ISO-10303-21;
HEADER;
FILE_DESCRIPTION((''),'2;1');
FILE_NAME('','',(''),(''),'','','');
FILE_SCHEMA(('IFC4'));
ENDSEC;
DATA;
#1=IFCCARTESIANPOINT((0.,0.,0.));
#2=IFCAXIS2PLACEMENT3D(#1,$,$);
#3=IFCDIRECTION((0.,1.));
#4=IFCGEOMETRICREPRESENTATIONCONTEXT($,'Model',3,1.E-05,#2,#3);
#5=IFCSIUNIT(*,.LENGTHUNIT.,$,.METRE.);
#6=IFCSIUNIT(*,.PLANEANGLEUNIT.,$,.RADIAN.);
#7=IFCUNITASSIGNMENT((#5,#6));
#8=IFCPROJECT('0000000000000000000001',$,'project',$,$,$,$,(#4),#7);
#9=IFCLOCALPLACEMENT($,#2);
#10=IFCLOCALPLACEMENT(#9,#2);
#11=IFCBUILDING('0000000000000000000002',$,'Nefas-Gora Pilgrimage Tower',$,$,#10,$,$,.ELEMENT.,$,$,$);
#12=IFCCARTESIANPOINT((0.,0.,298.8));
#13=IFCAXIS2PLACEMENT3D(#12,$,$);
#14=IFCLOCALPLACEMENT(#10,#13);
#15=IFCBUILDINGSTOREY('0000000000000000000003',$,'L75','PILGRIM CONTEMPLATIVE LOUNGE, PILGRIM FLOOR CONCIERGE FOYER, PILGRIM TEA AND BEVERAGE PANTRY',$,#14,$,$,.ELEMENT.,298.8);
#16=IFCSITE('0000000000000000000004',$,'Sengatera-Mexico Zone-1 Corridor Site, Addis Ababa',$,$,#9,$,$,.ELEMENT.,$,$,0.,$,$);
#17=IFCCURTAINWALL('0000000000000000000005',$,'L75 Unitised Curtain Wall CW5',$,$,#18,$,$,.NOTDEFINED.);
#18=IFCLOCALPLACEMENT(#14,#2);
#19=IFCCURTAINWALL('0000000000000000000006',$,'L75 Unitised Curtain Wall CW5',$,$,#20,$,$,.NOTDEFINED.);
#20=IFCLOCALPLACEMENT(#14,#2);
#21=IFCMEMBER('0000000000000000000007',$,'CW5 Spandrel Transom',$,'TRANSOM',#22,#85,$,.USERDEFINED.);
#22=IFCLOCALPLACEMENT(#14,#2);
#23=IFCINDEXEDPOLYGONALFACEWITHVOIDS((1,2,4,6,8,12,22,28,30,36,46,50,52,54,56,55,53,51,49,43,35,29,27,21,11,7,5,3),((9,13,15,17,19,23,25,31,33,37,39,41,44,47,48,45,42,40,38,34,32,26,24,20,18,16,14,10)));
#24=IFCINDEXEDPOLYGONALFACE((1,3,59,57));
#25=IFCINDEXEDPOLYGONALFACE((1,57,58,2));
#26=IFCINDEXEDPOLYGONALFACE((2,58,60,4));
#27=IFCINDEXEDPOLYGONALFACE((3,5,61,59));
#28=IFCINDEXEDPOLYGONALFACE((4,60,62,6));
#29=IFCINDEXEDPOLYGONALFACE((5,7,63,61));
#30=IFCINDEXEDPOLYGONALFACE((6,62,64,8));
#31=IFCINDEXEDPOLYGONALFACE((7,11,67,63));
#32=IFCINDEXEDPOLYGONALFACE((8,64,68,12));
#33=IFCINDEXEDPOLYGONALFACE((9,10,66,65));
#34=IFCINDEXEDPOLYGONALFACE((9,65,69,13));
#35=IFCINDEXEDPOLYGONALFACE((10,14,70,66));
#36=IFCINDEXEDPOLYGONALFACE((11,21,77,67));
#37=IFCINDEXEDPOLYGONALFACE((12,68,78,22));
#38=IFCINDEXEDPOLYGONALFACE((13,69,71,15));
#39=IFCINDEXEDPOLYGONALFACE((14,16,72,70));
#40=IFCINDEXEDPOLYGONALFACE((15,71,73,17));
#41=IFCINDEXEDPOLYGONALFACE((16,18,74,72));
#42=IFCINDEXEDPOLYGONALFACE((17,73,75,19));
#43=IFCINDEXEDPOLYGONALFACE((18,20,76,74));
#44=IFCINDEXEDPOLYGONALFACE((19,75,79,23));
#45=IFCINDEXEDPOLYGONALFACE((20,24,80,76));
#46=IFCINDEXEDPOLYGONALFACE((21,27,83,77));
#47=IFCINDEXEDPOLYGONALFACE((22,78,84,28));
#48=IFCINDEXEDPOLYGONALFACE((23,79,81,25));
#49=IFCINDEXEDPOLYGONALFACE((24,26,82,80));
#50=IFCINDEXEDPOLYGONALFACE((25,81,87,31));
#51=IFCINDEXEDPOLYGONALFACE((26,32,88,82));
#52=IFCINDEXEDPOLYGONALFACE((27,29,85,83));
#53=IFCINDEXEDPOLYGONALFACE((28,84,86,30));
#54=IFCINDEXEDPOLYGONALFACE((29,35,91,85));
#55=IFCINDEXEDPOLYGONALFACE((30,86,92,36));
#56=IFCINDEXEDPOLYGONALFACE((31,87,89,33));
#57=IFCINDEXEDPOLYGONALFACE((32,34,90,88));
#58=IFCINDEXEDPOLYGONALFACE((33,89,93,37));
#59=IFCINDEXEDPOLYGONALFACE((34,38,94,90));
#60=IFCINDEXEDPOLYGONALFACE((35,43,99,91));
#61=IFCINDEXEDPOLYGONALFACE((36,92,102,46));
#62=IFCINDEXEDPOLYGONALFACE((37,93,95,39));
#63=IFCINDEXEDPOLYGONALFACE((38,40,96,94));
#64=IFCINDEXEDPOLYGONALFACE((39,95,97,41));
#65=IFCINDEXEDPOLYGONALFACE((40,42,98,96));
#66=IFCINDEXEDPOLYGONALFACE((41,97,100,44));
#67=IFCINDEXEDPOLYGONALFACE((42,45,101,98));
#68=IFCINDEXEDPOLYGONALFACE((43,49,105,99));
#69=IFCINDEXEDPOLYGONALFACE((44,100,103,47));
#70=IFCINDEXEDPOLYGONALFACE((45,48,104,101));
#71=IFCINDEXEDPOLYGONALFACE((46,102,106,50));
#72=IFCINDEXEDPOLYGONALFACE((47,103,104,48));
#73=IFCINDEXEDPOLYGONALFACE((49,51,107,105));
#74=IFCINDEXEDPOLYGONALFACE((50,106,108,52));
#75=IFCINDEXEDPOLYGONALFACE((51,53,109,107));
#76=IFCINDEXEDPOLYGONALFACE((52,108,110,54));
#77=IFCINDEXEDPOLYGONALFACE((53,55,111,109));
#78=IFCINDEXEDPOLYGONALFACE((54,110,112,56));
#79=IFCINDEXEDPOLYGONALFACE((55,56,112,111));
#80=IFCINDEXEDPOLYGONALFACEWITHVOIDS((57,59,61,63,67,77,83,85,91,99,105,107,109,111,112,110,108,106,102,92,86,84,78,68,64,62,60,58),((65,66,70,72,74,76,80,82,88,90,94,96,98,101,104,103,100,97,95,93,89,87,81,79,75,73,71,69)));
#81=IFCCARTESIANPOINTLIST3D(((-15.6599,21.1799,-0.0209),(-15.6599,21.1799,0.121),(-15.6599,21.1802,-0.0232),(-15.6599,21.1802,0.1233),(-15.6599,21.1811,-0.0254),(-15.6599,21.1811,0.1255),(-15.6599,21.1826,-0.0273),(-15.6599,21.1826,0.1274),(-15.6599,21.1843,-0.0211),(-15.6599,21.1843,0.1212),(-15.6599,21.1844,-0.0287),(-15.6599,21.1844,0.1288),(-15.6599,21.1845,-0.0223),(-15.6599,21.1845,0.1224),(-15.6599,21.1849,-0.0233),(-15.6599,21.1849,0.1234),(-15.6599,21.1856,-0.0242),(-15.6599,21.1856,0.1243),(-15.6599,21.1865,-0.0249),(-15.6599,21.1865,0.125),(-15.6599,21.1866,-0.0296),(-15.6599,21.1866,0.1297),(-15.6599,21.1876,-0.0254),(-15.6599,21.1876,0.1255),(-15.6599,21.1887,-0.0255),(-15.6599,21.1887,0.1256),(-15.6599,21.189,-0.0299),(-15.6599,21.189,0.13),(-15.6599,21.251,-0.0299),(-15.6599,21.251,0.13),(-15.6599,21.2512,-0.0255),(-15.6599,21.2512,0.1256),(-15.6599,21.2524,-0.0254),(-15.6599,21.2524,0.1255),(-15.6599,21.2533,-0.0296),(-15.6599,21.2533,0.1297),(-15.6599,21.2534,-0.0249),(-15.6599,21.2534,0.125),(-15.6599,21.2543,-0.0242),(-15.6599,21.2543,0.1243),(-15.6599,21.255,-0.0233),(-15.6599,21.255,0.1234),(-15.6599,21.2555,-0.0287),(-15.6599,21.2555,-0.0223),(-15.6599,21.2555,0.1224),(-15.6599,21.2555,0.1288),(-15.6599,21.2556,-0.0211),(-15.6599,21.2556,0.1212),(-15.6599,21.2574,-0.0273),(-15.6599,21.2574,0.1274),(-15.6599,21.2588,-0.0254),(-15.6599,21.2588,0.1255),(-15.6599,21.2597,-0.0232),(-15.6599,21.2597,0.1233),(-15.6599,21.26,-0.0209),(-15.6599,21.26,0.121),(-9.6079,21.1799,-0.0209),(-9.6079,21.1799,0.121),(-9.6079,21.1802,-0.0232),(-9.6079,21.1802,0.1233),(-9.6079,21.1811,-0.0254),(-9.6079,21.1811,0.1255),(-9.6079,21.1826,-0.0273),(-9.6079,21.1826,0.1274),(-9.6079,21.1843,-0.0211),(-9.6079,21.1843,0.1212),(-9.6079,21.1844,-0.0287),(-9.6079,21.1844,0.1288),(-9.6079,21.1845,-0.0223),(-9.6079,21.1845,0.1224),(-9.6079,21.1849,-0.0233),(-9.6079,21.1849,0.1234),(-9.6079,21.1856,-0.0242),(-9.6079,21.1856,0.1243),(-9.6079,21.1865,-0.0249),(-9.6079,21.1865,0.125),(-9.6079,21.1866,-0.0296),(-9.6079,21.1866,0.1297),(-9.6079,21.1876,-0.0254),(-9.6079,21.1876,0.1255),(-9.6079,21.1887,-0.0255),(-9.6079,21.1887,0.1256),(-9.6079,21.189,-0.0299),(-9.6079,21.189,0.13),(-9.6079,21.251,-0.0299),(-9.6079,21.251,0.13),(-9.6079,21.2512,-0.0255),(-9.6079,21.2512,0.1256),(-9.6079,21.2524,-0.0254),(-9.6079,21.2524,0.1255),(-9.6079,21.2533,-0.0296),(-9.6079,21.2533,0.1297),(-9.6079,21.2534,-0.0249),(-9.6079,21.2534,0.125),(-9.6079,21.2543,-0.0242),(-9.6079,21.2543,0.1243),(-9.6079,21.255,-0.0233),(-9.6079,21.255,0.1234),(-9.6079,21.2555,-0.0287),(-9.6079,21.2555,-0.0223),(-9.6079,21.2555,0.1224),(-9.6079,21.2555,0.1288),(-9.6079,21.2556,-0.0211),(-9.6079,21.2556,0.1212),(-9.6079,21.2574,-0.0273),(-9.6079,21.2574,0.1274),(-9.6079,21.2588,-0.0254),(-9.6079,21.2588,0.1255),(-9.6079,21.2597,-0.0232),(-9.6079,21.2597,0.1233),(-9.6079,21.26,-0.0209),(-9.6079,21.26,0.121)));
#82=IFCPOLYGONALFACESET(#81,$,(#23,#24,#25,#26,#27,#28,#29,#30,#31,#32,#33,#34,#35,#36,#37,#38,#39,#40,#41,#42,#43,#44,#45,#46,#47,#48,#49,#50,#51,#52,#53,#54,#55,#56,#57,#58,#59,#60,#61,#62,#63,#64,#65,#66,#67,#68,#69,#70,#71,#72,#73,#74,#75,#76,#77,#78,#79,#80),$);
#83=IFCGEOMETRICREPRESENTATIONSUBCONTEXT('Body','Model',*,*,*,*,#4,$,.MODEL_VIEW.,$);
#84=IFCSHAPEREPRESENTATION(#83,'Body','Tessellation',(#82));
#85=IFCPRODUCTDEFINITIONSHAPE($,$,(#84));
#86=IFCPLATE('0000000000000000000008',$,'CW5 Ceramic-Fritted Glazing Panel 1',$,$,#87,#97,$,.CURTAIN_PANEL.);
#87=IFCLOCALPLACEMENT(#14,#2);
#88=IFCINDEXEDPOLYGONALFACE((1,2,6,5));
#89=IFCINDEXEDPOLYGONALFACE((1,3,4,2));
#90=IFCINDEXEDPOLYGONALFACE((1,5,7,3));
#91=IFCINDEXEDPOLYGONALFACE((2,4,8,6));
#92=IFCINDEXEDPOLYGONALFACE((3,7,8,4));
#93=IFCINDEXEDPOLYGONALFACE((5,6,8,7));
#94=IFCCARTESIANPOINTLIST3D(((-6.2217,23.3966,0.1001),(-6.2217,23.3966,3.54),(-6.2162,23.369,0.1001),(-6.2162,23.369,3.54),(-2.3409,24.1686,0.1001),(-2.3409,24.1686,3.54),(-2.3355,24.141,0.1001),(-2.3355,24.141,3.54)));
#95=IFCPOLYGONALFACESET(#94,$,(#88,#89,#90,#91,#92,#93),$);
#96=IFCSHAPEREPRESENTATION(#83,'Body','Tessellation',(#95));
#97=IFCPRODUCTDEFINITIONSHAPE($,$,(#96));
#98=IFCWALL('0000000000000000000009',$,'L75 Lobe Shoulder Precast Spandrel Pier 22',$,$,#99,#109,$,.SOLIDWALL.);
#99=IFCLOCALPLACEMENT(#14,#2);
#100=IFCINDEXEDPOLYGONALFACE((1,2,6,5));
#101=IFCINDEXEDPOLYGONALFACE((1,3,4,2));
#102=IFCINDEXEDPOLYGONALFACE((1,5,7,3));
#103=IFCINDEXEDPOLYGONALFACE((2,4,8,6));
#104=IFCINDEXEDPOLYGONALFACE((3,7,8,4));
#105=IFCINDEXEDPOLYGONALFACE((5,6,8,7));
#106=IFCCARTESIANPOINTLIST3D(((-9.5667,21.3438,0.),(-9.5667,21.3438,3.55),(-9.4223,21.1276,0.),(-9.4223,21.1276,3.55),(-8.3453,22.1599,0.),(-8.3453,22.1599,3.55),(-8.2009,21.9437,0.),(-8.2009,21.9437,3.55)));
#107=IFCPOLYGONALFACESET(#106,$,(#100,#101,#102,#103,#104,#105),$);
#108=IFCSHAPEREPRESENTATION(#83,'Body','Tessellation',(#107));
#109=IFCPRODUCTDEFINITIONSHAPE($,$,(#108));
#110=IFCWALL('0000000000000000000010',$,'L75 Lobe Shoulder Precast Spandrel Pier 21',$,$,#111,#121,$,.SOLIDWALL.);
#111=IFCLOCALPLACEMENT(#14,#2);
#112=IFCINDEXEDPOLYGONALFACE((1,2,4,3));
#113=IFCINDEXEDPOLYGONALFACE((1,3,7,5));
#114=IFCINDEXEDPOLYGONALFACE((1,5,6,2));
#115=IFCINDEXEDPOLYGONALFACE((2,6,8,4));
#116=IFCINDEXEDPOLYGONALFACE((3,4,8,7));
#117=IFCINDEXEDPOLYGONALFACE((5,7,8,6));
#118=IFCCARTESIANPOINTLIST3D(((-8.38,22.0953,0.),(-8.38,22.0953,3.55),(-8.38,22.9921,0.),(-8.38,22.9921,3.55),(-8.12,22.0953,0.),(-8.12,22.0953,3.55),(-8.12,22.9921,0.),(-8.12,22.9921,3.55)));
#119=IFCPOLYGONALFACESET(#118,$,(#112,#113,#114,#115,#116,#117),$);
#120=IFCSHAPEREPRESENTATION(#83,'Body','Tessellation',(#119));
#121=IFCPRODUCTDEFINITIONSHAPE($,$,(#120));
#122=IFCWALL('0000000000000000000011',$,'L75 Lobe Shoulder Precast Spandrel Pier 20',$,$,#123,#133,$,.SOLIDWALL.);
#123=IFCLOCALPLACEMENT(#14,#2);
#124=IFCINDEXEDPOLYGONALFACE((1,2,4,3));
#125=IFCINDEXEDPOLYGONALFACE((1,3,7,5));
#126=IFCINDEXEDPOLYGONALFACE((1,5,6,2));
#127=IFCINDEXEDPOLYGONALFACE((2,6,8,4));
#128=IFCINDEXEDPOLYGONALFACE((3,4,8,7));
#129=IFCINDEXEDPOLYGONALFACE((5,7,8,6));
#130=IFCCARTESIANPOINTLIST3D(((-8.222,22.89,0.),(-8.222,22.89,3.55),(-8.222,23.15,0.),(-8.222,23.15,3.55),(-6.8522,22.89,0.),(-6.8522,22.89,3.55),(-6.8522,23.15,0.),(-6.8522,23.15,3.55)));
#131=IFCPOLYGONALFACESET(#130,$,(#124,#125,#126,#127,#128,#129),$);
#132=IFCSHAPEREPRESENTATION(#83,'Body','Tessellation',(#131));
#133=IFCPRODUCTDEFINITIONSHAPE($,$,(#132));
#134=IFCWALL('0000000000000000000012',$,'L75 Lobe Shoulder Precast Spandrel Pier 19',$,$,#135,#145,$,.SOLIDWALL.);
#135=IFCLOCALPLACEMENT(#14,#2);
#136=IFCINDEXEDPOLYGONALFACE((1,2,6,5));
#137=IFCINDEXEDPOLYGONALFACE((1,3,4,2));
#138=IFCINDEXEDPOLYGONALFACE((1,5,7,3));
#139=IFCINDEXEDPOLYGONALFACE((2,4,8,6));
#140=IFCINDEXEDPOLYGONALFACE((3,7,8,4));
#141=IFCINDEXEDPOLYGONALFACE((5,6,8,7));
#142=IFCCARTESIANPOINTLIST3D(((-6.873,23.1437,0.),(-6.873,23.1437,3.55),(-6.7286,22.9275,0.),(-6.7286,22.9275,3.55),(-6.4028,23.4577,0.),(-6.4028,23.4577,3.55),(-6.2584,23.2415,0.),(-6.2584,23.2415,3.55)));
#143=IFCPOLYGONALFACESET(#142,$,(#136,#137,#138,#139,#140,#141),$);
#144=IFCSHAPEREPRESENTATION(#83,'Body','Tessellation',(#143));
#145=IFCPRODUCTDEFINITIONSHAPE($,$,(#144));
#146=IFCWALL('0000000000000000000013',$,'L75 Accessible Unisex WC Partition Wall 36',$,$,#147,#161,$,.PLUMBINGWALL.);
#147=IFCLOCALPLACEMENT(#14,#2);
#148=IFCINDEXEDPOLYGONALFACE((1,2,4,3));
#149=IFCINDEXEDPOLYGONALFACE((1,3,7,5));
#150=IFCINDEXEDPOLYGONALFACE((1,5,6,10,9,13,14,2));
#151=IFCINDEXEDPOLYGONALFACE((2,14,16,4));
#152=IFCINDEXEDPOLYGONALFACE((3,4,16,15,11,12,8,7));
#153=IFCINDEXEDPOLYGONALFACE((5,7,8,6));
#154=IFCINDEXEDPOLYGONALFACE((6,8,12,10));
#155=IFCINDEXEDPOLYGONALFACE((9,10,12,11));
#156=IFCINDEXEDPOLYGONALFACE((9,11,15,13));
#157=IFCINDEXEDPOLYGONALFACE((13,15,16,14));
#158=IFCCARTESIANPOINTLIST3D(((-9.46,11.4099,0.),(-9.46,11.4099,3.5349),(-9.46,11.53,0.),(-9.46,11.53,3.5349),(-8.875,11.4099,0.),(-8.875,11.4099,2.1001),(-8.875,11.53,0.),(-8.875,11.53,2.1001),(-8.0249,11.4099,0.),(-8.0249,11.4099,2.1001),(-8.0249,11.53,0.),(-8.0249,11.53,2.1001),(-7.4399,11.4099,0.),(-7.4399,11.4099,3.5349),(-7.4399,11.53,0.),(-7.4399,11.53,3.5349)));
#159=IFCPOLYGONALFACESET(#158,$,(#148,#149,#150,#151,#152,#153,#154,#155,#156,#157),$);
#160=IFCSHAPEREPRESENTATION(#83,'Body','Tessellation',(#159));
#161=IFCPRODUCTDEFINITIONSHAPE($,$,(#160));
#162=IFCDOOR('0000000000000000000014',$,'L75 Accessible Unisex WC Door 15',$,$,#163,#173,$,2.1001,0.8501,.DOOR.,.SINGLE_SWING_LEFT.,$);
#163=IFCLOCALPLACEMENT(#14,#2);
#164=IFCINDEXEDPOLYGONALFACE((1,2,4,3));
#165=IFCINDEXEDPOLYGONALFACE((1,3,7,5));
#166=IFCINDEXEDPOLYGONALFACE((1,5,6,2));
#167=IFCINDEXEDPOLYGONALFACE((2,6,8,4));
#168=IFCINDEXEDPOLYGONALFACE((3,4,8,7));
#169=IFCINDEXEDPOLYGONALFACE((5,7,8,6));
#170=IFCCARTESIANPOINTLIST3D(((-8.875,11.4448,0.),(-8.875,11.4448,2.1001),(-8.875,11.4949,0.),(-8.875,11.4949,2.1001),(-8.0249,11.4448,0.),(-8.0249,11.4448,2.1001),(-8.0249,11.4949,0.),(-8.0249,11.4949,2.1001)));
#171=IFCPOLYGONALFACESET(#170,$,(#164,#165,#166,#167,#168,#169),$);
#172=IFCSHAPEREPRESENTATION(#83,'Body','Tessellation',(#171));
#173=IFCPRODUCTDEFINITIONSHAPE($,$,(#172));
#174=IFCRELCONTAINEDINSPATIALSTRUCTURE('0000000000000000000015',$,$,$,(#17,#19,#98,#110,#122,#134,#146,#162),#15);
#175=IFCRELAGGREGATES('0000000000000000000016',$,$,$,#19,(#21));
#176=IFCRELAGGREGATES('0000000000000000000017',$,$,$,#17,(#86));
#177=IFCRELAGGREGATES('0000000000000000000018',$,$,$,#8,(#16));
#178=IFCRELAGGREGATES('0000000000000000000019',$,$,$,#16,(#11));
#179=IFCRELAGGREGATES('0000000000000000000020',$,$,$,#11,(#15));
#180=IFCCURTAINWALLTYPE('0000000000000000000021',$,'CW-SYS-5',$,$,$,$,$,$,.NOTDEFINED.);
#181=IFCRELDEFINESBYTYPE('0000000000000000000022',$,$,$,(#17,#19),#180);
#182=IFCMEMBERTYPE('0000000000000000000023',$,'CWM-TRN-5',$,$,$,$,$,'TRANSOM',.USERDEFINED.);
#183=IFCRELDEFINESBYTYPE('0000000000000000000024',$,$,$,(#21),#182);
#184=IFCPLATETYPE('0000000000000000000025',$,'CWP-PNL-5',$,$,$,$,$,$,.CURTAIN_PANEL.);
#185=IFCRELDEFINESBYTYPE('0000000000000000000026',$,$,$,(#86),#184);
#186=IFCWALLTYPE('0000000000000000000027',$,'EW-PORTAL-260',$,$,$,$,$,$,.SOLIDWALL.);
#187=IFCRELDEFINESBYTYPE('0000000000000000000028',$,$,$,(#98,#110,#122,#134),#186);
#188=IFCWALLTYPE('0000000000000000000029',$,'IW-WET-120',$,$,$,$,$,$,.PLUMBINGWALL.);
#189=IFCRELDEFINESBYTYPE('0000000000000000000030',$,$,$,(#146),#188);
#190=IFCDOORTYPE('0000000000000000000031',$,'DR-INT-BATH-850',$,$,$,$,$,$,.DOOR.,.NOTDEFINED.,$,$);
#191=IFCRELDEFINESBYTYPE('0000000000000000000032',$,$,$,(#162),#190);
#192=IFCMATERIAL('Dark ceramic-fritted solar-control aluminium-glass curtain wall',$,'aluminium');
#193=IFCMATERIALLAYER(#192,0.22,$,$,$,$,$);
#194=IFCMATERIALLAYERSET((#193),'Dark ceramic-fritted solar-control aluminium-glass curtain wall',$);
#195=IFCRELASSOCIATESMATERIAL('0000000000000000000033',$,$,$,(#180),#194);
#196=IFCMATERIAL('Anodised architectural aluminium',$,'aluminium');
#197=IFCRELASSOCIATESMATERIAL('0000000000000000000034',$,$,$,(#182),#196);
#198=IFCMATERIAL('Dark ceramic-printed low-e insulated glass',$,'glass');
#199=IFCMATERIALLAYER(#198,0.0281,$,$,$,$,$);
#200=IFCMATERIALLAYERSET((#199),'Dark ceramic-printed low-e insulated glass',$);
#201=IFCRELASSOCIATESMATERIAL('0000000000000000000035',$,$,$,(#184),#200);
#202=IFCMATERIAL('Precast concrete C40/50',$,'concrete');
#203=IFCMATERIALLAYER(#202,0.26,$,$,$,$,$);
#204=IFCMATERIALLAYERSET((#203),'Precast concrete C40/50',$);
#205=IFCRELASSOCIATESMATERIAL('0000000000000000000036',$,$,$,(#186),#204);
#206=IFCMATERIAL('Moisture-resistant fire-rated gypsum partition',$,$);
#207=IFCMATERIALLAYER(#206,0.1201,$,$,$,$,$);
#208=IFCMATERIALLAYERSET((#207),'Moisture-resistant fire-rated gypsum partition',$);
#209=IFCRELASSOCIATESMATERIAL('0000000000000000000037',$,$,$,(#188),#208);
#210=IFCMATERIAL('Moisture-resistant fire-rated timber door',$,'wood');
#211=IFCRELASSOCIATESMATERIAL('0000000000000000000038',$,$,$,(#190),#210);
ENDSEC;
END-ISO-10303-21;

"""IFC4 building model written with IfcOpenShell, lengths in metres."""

from ifc_helpers import new_model, si_unit, direction, frame, frame_2d, origin, origin_2d, place, context, subcontext, project, spatial, rectangle, hollow_rectangle, extrude, source, transform, mapped, material, layer, layer_set, material_profile, profile_set, type_object, element, fill, aggregate, save


model = new_model("IFC4")

# Units and contexts
model_context = context("Model", 3, precision=1e-05, world=origin(), true_north=direction((0.0, 1.0)))
body_context = subcontext(model_context, "Body", "Model", "MODEL_VIEW")
ifc_project = project(units=[si_unit("LENGTHUNIT", "METRE"), si_unit("PLANEANGLEUNIT", "RADIAN")], contexts=[model_context])

# Site, building, storey
site_placement = place(None, origin())
site = spatial("IfcSite", under=ifc_project, at=site_placement, Name="Sengatera-Mexico Zone-1 Corridor Site, Addis Ababa", CompositionType="ELEMENT", RefElevation=0.0)
building_placement = place(site_placement, origin())
building = spatial("IfcBuilding", under=site, at=building_placement, Name="Nefas-Gora Pilgrimage Tower", CompositionType="ELEMENT")
storey_placement = place(building_placement, frame((0.0, 0.0, 298.8)))
storey = spatial("IfcBuildingStorey", under=building, at=storey_placement, Name="L75", Description="PILGRIM CONTEMPLATIVE LOUNGE, PILGRIM FLOOR CONCIERGE FOYER, PILGRIM TEA AND BEVERAGE PANTRY", CompositionType="ELEMENT", Elevation=298.8)

# Curtain wall
ifc_material_1 = material(Name="Dark ceramic-fritted solar-control aluminium-glass curtain wall", Category="aluminium")
ifc_layer_1 = layer(ifc_material_1, 0.22)
ifc_layer_set_1 = layer_set([ifc_layer_1], Name="Dark ceramic-fritted solar-control aluminium-glass curtain wall")
curtain_wall_type = type_object("IfcCurtainWallType", Name="CW-SYS-5", PredefinedType="NOTDEFINED", material=ifc_layer_set_1)
curtain_wall_1_placement = place(storey_placement, origin())
curtain_wall_1 = element("IfcCurtainWall", 1, at=curtain_wall_1_placement, inside=storey, type_object=curtain_wall_type, Name="L75 Unitised Curtain Wall CW5", PredefinedType="NOTDEFINED")
ifc_material_2 = material(Name="Anodised architectural aluminium", Category="aluminium")

# Curtain wall, member
curtain_wall_2_placement = place(storey_placement, origin())
curtain_wall_2 = element("IfcCurtainWall", 2, at=curtain_wall_2_placement, inside=storey, type_object=curtain_wall_type, Name="L75 Unitised Curtain Wall CW5", PredefinedType="NOTDEFINED")
ifc_material_profile_1 = material_profile(ifc_material_2, hollow_rectangle(XDim=0.0801, YDim=0.1599, WallThickness=0.0044, InnerFilletRadius=0.0044, OuterFilletRadius=0.009, at=origin_2d()), Name="ALU TRANSOM 80x160")
ifc_profile_set_1 = profile_set([ifc_material_profile_1], Name="Anodised architectural aluminium")
member_type_1 = type_object("IfcMemberType", Name="CWM-TRN-5", ElementType="TRANSOM", PredefinedType="USERDEFINED", material=ifc_profile_set_1)
shared_shape_1 = source(origin(), body_context, "Body", "SweptSolid", [
    extrude(hollow_rectangle(XDim=0.0801, YDim=0.1599, WallThickness=0.0044, InnerFilletRadius=0.0044, OuterFilletRadius=0.009, at=origin_2d()), origin(), (0.0, 0.0, 1.0), 6.052),
])
member_1_placement = place(storey_placement, frame((-9.6079, 21.22, 0.05), z_axis=(-1.0, 0.0, 0.0), x_axis=(0.0, -1.0, 0.0)))
member_1 = element("IfcMember", 3, at=member_1_placement, type_object=member_type_1, Name="CW5 Spandrel Transom", ObjectType="TRANSOM", PredefinedType="USERDEFINED", context=body_context, shape_type="MappedRepresentation", body=[
    mapped(shared_shape_1, transform((0.0, 0.0, 0.0), x_axis=(1.0, 0.0, 0.0), y_axis=(0.0, 1.0, 0.0), z_axis=(0.0, 0.0, 1.0), scale=1.0)),
])
aggregate(curtain_wall_2, [member_1])

# Plate
ifc_material_3 = material(Name="Dark ceramic-printed low-e insulated glass", Category="glass")
ifc_layer_2 = layer(ifc_material_3, 0.0281)
ifc_layer_set_2 = layer_set([ifc_layer_2], Name="Dark ceramic-printed low-e insulated glass")
plate_type = type_object("IfcPlateType", Name="CWP-PNL-5", PredefinedType="CURTAIN_PANEL", material=ifc_layer_set_2)
shared_shape_2 = source(origin(), body_context, "Body", "SweptSolid", [
    extrude(rectangle(XDim=3.9568, YDim=0.0281, at=origin_2d()), origin(), (0.0, 0.0, 1.0), 3.4399),
])
plate_placement = place(storey_placement, frame((-4.2786, 23.7688, 0.1001), z_axis=(0.0, 0.0, 1.0), x_axis=(-0.980783, -0.195102, 0.0)))
plate = element("IfcPlate", 4, at=plate_placement, type_object=plate_type, Name="CW5 Ceramic-Fritted Glazing Panel 1", PredefinedType="CURTAIN_PANEL", context=body_context, shape_type="MappedRepresentation", body=[
    mapped(shared_shape_2, transform((0.0, 0.0, 0.0), x_axis=(1.0, 0.0, 0.0), y_axis=(0.0, 1.0, 0.0), z_axis=(0.0, 0.0, 1.0), scale=1.0)),
])
aggregate(curtain_wall_1, [plate])

# Walls
ifc_material_4 = material(Name="Precast concrete C40/50", Category="concrete")
ifc_layer_3 = layer(ifc_material_4, 0.26)
ifc_layer_set_3 = layer_set([ifc_layer_3], Name="Precast concrete C40/50")
wall_type_1 = type_object("IfcWallType", Name="EW-PORTAL-260", PredefinedType="SOLIDWALL", material=ifc_layer_set_3)
shared_shape_3 = source(origin(), body_context, "Body", "SweptSolid", [
    extrude(rectangle(XDim=1.469, YDim=0.26, at=frame_2d((0.7344, 0.0))), origin(), (0.0, 0.0, 1.0), 3.55),
])
wall_1_placement = place(storey_placement, frame((-8.2732, 22.0518, 0.0), z_axis=(0.0, 0.0, 1.0), x_axis=(-0.831462, -0.555582, 0.0)))
element("IfcWall", 5, at=wall_1_placement, inside=storey, type_object=wall_type_1, Name="L75 Lobe Shoulder Precast Spandrel Pier 22", PredefinedType="SOLIDWALL", context=body_context, shape_type="MappedRepresentation", body=[
    mapped(shared_shape_3, transform((0.0, 0.0, 0.0), x_axis=(1.0, 0.0, 0.0), y_axis=(0.0, 1.0, 0.0), z_axis=(0.0, 0.0, 1.0), scale=1.0)),
])
shared_shape_4 = source(origin(), body_context, "Body", "SweptSolid", [
    extrude(rectangle(XDim=0.8967, YDim=0.26, at=frame_2d((0.4482, 0.0))), origin(), (0.0, 0.0, 1.0), 3.55),
])
wall_2_placement = place(storey_placement, frame((-8.25, 22.9919, 0.0), z_axis=(0.0, 0.0, 1.0), x_axis=(0.0, -1.0, 0.0)))
element("IfcWall", 6, at=wall_2_placement, inside=storey, type_object=wall_type_1, Name="L75 Lobe Shoulder Precast Spandrel Pier 21", PredefinedType="SOLIDWALL", context=body_context, shape_type="MappedRepresentation", body=[
    mapped(shared_shape_4, transform((0.0, 0.0, 0.0), x_axis=(1.0, 0.0, 0.0), y_axis=(0.0, 1.0, 0.0), z_axis=(0.0, 0.0, 1.0), scale=1.0)),
])
shared_shape_5 = source(origin(), body_context, "Body", "SweptSolid", [
    extrude(rectangle(XDim=1.3699, YDim=0.26, at=frame_2d((0.6851, 0.0))), origin(), (0.0, 0.0, 1.0), 3.55),
])
wall_3_placement = place(storey_placement, frame((-6.8521, 23.02, 0.0), z_axis=(0.0, 0.0, 1.0), x_axis=(-1.0, 0.0, 0.0)))
element("IfcWall", 7, at=wall_3_placement, inside=storey, type_object=wall_type_1, Name="L75 Lobe Shoulder Precast Spandrel Pier 20", PredefinedType="SOLIDWALL", context=body_context, shape_type="MappedRepresentation", body=[
    mapped(shared_shape_5, transform((0.0, 0.0, 0.0), x_axis=(1.0, 0.0, 0.0), y_axis=(0.0, 1.0, 0.0), z_axis=(0.0, 0.0, 1.0), scale=1.0)),
])
shared_shape_6 = source(origin(), body_context, "Body", "SweptSolid", [
    extrude(rectangle(XDim=0.5654, YDim=0.26, at=frame_2d((0.2827, 0.0))), origin(), (0.0, 0.0, 1.0), 3.55),
])
wall_4_placement = place(storey_placement, frame((-6.3306, 23.3496, 0.0), z_axis=(0.0, 0.0, 1.0), x_axis=(-0.831651, -0.555298, 0.0)))
element("IfcWall", 8, at=wall_4_placement, inside=storey, type_object=wall_type_1, Name="L75 Lobe Shoulder Precast Spandrel Pier 19", PredefinedType="SOLIDWALL", context=body_context, shape_type="MappedRepresentation", body=[
    mapped(shared_shape_6, transform((0.0, 0.0, 0.0), x_axis=(1.0, 0.0, 0.0), y_axis=(0.0, 1.0, 0.0), z_axis=(0.0, 0.0, 1.0), scale=1.0)),
])

# Wall, opening, door
ifc_material_5 = material(Name="Moisture-resistant fire-rated gypsum partition")
ifc_layer_4 = layer(ifc_material_5, 0.1201)
ifc_layer_set_4 = layer_set([ifc_layer_4], Name="Moisture-resistant fire-rated gypsum partition")
wall_type_2 = type_object("IfcWallType", Name="IW-WET-120", PredefinedType="PLUMBINGWALL", material=ifc_layer_set_4)
shared_shape_7 = source(origin(), body_context, "Body", "SweptSolid", [
    extrude(rectangle(XDim=2.02, YDim=0.1201, at=frame_2d((1.01, 0.0))), origin(), (0.0, 0.0, 1.0), 3.5349),
])
wall_5_placement = place(storey_placement, frame((-9.46, 11.47, 0.0), z_axis=(0.0, 0.0, 1.0), x_axis=(1.0, 0.0, 0.0)))
wall_5 = element("IfcWall", 9, at=wall_5_placement, inside=storey, type_object=wall_type_2, Name="L75 Accessible Unisex WC Partition Wall 36", PredefinedType="PLUMBINGWALL", context=body_context, shape_type="MappedRepresentation", body=[
    mapped(shared_shape_7, transform((0.0, 0.0, 0.0), x_axis=(1.0, 0.0, 0.0), y_axis=(0.0, 1.0, 0.0), z_axis=(0.0, 0.0, 1.0), scale=1.0)),
])
opening_1_placement = place(wall_5_placement, frame((0.585, 0.0, 0.0)))
opening_1 = element("IfcOpeningElement", 10, at=opening_1_placement, cuts=wall_5, PredefinedType="OPENING", context=body_context, shape_type="SweptSolid", body=[
    extrude(rectangle(XDim=0.8501, YDim=2.1001, at=frame_2d((0.425, 1.05))), frame((0.0, 0.0701, 0.0), z_axis=(0.0, -1.0, 0.0), x_axis=(1.0, 0.0, 0.0)), (0.0, 0.0, 1.0), 0.1401),
])
ifc_material_6 = material(Name="Moisture-resistant fire-rated timber door", Category="wood")
door_type_1 = type_object("IfcDoorType", Name="DR-INT-BATH-850", OperationType="NOTDEFINED", PredefinedType="DOOR", material=ifc_material_6)
shared_shape_8 = source(origin(), body_context, "Body", "SweptSolid", [
    extrude(rectangle(XDim=0.8501, YDim=2.1001, at=frame_2d((0.425, 1.05))), frame((0.0, 0.0249, 0.0), z_axis=(0.0, -1.0, 0.0), x_axis=(1.0, 0.0, 0.0)), (0.0, 0.0, 1.0), 0.05),
])
door_1_placement = place(opening_1_placement, origin())
door_1 = element("IfcDoor", 11, at=door_1_placement, inside=storey, type_object=door_type_1, Name="L75 Accessible Unisex WC Door 15", OperationType="SINGLE_SWING_LEFT", OverallHeight=2.1001, OverallWidth=0.8501, PredefinedType="DOOR", context=body_context, shape_type="MappedRepresentation", body=[
    mapped(shared_shape_8, transform((0.0, 0.0, 0.0), x_axis=(1.0, 0.0, 0.0), y_axis=(0.0, 1.0, 0.0), z_axis=(0.0, 0.0, 1.0), scale=1.0)),
])
fill(opening_1, door_1)

save(model, "model.ifc")
